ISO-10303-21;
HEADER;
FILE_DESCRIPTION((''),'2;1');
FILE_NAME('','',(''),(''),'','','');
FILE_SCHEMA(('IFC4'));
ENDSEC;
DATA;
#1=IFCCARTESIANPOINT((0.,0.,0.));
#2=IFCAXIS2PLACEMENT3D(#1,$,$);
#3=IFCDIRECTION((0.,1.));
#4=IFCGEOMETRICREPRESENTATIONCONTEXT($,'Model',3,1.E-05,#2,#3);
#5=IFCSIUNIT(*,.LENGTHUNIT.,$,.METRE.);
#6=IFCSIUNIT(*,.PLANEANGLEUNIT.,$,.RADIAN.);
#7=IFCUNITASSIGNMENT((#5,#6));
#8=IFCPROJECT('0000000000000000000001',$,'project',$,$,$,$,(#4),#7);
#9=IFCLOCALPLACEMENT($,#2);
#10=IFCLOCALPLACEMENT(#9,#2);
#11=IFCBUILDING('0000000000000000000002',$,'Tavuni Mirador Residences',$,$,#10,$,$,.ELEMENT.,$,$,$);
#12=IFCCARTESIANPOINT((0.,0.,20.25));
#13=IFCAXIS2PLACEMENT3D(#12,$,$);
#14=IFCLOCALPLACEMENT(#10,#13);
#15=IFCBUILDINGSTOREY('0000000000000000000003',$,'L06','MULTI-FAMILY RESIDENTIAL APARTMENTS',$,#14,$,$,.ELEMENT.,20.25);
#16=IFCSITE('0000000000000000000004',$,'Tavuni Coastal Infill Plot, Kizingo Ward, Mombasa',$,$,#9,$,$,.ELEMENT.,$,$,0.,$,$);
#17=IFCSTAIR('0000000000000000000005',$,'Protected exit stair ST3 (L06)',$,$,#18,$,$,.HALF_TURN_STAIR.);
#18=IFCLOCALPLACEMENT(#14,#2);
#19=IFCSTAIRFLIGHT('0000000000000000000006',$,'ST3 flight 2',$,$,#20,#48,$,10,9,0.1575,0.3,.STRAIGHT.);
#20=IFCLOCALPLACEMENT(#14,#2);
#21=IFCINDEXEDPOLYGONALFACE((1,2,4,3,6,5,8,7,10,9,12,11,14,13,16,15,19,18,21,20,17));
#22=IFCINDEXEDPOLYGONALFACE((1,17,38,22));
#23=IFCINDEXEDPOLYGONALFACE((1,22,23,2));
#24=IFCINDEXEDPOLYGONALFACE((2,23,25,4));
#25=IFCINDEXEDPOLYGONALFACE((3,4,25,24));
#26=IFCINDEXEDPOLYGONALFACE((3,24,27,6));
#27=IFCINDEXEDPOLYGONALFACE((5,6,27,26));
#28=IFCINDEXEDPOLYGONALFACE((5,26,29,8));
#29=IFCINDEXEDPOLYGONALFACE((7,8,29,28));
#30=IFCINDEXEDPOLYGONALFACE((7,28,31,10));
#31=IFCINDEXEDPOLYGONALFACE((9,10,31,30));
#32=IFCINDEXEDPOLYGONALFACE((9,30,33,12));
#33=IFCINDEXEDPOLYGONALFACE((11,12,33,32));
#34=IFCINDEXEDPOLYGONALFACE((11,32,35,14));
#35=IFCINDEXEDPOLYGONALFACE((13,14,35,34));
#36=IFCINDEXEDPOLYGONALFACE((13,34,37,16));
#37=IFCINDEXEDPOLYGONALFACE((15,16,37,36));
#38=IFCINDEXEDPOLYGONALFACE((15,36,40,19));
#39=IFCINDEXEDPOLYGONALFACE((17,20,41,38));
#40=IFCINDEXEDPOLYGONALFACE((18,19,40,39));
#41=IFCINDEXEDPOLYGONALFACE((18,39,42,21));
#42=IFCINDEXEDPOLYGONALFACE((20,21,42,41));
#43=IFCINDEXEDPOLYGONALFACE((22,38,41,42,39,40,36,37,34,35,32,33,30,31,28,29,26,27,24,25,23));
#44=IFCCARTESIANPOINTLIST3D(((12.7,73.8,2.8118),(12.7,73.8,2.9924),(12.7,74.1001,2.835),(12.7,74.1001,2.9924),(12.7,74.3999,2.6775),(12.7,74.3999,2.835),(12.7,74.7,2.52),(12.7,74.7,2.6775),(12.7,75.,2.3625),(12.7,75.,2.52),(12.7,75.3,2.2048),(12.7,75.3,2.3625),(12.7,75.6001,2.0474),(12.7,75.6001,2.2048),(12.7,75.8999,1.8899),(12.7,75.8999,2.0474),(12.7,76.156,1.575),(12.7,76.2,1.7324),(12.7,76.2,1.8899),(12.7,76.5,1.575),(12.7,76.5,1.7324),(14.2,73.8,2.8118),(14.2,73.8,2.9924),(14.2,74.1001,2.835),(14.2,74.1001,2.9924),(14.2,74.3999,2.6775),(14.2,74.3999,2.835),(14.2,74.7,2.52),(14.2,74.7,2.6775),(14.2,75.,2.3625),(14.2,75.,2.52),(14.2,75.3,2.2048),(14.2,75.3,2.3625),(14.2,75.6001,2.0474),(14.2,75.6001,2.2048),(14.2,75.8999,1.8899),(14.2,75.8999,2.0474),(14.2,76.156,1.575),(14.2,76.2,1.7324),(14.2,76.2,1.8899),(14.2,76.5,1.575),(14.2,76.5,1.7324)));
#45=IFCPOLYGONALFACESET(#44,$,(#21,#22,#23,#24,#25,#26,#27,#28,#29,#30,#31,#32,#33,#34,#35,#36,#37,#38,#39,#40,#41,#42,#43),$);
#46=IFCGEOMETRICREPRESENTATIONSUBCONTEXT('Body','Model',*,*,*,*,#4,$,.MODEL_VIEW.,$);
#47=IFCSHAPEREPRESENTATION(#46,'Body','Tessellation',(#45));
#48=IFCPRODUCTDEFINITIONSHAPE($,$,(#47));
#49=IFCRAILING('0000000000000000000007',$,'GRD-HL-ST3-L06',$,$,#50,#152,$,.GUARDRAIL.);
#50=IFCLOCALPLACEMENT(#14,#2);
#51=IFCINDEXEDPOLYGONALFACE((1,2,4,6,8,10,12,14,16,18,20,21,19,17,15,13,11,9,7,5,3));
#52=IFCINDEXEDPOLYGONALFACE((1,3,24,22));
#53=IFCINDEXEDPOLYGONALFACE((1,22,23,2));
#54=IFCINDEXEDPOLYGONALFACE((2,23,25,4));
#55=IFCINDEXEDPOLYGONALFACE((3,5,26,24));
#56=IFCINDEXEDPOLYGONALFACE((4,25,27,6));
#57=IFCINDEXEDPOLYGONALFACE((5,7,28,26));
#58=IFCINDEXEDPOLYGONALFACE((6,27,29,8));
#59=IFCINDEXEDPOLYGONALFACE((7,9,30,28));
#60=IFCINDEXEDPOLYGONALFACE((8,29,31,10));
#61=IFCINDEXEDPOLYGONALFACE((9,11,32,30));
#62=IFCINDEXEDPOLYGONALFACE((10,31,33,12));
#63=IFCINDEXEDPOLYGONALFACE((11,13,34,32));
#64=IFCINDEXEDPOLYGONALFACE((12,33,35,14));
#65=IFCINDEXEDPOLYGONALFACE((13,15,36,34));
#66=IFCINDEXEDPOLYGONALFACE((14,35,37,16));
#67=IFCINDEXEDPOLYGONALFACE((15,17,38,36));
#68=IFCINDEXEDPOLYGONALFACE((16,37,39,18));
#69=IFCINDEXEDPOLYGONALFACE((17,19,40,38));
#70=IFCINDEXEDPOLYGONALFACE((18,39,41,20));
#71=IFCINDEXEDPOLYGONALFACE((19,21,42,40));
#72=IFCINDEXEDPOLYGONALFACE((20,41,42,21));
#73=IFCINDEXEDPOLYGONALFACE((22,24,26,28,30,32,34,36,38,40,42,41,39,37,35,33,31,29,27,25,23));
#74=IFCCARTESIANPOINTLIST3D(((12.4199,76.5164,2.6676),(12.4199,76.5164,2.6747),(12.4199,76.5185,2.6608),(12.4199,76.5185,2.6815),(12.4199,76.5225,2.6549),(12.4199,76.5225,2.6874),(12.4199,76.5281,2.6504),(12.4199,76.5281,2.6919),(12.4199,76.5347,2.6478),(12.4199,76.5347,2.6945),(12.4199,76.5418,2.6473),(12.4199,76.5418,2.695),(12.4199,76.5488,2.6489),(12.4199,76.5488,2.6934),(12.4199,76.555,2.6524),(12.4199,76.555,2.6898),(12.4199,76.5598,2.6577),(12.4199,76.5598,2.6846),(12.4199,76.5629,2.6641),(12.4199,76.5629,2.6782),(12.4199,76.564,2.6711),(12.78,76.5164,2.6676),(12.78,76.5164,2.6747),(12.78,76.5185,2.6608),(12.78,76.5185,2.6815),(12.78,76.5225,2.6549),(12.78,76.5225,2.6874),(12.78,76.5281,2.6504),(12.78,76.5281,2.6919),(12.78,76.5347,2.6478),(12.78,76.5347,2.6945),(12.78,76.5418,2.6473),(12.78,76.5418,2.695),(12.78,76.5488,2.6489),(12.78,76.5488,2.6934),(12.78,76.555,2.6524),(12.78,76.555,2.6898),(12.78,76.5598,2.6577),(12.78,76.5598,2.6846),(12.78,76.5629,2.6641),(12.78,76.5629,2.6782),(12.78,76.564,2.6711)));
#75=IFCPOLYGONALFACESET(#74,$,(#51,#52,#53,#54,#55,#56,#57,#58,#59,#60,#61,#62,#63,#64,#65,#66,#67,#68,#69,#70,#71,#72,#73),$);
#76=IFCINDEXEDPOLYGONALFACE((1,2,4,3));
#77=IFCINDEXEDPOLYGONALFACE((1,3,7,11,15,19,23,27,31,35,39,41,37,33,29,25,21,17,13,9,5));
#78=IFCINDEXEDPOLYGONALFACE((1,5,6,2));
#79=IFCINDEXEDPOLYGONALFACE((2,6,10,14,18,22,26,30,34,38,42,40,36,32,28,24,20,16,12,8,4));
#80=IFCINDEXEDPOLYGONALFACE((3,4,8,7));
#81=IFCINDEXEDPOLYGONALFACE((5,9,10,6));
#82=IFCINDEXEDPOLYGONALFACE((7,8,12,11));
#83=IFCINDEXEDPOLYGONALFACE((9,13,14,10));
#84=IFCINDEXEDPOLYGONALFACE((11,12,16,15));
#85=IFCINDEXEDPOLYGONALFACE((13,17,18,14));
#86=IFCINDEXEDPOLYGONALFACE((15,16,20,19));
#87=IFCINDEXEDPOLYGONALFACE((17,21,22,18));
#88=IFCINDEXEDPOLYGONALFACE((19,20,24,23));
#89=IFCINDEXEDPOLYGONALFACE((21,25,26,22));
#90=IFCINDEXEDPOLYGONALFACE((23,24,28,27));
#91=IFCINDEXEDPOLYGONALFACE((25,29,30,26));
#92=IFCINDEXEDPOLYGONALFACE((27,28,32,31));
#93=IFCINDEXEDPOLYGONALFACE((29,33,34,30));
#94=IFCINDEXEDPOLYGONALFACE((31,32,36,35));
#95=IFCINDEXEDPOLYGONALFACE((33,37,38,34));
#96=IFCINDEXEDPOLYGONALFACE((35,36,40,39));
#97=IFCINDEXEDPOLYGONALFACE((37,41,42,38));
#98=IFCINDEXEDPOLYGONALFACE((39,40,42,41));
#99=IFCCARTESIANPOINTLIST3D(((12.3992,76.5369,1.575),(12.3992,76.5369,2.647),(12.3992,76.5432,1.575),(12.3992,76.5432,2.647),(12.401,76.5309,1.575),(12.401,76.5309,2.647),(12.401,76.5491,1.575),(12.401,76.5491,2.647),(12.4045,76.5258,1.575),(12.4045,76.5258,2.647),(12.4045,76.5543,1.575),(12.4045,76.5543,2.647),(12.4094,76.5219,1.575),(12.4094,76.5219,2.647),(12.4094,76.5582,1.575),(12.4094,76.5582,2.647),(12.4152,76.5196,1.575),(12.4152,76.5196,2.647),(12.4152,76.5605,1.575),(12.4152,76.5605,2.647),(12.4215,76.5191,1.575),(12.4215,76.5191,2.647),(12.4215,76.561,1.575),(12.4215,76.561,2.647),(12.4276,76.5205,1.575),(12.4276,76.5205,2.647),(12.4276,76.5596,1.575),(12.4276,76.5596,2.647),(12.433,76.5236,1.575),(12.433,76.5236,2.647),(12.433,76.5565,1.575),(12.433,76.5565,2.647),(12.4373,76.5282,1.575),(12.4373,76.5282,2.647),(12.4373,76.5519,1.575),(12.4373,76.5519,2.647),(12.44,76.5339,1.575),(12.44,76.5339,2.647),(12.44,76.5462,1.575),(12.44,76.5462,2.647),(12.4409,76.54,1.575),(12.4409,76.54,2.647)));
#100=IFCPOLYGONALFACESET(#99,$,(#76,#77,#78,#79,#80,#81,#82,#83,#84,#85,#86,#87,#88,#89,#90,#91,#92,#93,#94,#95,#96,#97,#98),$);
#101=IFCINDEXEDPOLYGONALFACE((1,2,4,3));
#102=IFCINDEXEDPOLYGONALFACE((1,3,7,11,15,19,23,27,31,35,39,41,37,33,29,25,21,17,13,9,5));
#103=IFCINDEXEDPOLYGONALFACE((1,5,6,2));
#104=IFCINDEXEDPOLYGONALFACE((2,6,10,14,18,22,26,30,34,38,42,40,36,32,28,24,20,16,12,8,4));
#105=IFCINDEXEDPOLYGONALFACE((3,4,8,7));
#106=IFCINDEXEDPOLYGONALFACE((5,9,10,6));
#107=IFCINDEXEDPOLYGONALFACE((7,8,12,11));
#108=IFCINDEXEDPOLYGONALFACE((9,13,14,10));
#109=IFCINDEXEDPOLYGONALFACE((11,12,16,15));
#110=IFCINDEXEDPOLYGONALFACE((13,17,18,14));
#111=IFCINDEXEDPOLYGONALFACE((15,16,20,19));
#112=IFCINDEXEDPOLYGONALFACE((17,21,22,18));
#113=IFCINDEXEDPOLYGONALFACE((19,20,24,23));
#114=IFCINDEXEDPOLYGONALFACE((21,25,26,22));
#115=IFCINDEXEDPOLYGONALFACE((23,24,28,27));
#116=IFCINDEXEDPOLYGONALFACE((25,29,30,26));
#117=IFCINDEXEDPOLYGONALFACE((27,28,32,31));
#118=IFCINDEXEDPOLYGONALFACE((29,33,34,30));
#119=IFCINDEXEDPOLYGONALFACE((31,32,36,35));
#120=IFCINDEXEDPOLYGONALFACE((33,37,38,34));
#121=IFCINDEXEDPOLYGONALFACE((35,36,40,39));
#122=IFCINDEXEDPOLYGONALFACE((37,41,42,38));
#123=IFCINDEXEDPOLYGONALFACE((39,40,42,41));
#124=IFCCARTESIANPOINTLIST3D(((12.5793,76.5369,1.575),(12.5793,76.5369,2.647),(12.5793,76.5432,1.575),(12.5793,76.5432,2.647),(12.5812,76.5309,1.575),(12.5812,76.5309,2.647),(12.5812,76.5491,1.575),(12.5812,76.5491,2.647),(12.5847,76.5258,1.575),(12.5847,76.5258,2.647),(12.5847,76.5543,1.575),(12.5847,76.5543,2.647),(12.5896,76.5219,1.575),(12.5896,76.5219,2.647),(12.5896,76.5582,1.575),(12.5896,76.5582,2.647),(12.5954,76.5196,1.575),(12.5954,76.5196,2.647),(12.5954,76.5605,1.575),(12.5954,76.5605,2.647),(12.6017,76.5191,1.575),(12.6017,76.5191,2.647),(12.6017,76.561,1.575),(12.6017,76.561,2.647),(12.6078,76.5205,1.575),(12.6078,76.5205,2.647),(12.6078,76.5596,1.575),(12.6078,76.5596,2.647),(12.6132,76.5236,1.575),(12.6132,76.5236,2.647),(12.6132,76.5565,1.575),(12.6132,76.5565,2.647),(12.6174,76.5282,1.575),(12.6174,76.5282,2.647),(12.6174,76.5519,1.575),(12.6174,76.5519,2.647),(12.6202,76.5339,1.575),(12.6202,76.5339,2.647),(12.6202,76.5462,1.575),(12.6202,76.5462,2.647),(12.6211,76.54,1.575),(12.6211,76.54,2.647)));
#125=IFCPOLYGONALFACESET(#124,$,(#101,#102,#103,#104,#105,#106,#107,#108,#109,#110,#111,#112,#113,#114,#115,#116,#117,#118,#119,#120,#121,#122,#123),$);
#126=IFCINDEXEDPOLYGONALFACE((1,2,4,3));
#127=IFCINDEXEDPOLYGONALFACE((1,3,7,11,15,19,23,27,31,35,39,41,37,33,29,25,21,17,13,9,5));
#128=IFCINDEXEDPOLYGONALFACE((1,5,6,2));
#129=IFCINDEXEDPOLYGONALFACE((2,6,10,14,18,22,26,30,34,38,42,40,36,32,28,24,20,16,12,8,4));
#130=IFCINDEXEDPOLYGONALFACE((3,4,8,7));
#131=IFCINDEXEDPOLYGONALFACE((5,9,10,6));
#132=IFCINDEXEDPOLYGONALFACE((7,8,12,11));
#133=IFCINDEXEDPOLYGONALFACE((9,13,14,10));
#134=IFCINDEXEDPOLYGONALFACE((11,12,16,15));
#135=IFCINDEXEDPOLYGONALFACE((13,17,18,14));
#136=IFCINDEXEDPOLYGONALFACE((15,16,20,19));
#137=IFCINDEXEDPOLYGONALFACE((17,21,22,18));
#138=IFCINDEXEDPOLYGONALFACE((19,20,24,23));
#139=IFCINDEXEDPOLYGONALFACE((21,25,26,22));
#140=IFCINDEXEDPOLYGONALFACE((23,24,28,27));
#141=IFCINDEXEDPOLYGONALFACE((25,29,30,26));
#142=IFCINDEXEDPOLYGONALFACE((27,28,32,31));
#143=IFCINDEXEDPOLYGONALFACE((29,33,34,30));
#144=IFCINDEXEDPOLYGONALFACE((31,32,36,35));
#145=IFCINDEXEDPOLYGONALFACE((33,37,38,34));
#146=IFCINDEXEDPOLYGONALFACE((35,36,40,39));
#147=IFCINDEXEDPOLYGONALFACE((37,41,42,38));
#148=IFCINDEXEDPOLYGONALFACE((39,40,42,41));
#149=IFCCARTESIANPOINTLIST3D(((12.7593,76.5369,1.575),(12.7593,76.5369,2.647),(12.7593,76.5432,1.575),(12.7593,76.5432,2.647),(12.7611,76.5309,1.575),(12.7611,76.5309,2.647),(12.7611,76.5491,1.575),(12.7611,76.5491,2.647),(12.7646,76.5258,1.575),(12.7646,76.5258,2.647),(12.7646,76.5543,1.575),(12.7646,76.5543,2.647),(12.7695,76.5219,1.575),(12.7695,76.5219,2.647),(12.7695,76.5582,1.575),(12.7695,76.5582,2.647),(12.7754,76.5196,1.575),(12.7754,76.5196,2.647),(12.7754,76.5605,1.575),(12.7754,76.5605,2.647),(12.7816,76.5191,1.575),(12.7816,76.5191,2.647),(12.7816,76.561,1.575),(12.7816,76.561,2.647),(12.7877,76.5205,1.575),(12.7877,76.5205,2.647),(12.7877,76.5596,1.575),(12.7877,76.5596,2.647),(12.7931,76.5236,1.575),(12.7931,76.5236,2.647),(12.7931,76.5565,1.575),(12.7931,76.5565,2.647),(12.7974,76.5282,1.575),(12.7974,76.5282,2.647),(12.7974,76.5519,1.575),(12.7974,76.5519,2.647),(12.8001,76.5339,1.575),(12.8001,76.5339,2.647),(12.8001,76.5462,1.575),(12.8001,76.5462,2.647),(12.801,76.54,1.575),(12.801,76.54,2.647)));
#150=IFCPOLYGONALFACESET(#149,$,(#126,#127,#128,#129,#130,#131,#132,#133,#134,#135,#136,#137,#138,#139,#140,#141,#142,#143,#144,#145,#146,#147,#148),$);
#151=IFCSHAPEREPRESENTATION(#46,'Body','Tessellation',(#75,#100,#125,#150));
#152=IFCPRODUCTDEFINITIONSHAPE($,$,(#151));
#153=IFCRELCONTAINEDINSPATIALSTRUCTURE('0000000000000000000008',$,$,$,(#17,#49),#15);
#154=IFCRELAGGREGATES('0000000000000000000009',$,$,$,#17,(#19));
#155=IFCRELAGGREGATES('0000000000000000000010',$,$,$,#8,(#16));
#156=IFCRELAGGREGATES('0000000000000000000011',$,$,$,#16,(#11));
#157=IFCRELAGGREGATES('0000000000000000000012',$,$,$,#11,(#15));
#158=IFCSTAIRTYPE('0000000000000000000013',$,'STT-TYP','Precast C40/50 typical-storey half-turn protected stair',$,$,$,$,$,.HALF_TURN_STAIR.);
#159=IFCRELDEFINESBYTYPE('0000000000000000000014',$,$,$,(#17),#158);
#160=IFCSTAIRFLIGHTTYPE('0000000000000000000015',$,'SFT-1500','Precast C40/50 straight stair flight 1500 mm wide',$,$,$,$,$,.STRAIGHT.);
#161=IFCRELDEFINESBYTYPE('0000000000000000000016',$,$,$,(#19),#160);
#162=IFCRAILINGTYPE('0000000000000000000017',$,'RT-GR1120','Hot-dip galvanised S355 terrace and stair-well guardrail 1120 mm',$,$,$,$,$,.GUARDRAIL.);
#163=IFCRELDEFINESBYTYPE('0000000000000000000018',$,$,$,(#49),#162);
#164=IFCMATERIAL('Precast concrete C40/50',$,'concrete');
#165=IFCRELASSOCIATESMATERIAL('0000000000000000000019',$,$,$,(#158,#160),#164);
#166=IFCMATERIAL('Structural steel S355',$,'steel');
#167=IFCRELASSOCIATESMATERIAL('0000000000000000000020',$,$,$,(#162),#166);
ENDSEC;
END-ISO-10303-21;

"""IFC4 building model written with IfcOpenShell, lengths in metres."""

from ifc_helpers import new_model, si_unit, direction, frame, origin, origin_2d, place, context, subcontext, project, spatial, polyline, circle, outline, extrude, material, type_object, element, aggregate, save


model = new_model("IFC4")

# Units and contexts
model_context = context("Model", 3, precision=1e-05, world=origin(), true_north=direction((0.0, 1.0)))
body_context = subcontext(model_context, "Body", "Model", "MODEL_VIEW")
ifc_project = project(units=[si_unit("LENGTHUNIT", "METRE"), si_unit("PLANEANGLEUNIT", "RADIAN")], contexts=[model_context])

# Site, building, storey
site_placement = place(None, origin())
site = spatial("IfcSite", under=ifc_project, at=site_placement, Name="Tavuni Coastal Infill Plot, Kizingo Ward, Mombasa", CompositionType="ELEMENT", RefElevation=0.0)
building_placement = place(site_placement, origin())
building = spatial("IfcBuilding", under=site, at=building_placement, Name="Tavuni Mirador Residences", CompositionType="ELEMENT")
storey_placement = place(building_placement, frame((0.0, 0.0, 20.25)))
storey = spatial("IfcBuildingStorey", under=building, at=storey_placement, Name="L06", Description="MULTI-FAMILY RESIDENTIAL APARTMENTS", CompositionType="ELEMENT", Elevation=20.25)

# Shared definitions
ifc_material_1 = material(Name="Precast concrete C40/50", Category="concrete")

# Shared definitions
ifc_material_2 = material(Name="Structural steel S355", Category="steel")

# Stair, stair flight
stair_type = type_object("IfcStairType", Name="STT-TYP", Description="Precast C40/50 typical-storey half-turn protected stair", PredefinedType="HALF_TURN_STAIR", material=ifc_material_1)
stair_placement = place(storey_placement, origin())
stair = element("IfcStair", 1, at=stair_placement, inside=storey, type_object=stair_type, Name="Protected exit stair ST3 (L06)", PredefinedType="HALF_TURN_STAIR")
stair_flight_type = type_object("IfcStairFlightType", Name="SFT-1500", Description="Precast C40/50 straight stair flight 1500 mm wide", PredefinedType="STRAIGHT", material=ifc_material_1)
stair_flight_1_placement = place(storey_placement, frame((13.45, 76.5, 1.575), z_axis=(0.0, 0.0, 1.0), x_axis=(0.0, -1.0, 0.0)))
stair_flight_1 = element("IfcStairFlight", 2, at=stair_flight_1_placement, type_object=stair_flight_type, Name="ST3 flight 2", NumberOfRisers=10, NumberOfTreads=9, PredefinedType="STRAIGHT", RiserHeight=0.1575, TreadLength=0.3, context=body_context, shape_type="SweptSolid", body=[
    extrude(outline(polyline([(0.0, 0.0), (0.0, 0.1575), (0.3, 0.1575), (0.3, 0.3149), (0.6001, 0.3149), (0.6001, 0.4724), (0.8999, 0.4724), (0.8999, 0.6299), (1.2, 0.6299), (1.2, 0.7876), (1.5, 0.7876), (1.5, 0.9451), (1.8, 0.9451), (1.8, 1.1025), (2.1001, 1.1025), (2.1001, 1.26), (2.3999, 1.26), (2.3999, 1.4175), (2.7, 1.4175), (2.7, 1.575), (2.7, 1.2368), (0.344, 0.0), (0.0, 0.0)])), frame((0.0, 0.75, 0.0), z_axis=(0.0, -1.0, 0.0), x_axis=(1.0, 0.0, 0.0)), (0.0, 0.0, 1.0), 1.5),
])
aggregate(stair, [stair_flight_1])

# Railing
railing_type_1 = type_object("IfcRailingType", Name="RT-GR1120", Description="Hot-dip galvanised S355 terrace and stair-well guardrail 1120 mm", PredefinedType="GUARDRAIL", material=ifc_material_2)
railing_1_placement = place(storey_placement, frame((12.4199, 76.54, 1.575)))
element("IfcRailing", 3, at=railing_1_placement, inside=storey, type_object=railing_type_1, Name="GRD-HL-ST3-L06", PredefinedType="GUARDRAIL", context=body_context, shape_type="SweptSolid", body=[
    extrude(circle(Radius=0.0239, at=origin_2d()), frame((0.0, 0.0, 1.0962), z_axis=(1.0, 0.0, 0.0), x_axis=(0.0, 1.0, 0.0)), (0.0, 0.0, 1.0), 0.3601),
    extrude(circle(Radius=0.021, at=origin_2d()), origin(), (0.0, 0.0, 1.0), 1.072),
    extrude(circle(Radius=0.021, at=origin_2d()), frame((0.1802, 0.0, 0.0)), (0.0, 0.0, 1.0), 1.072),
    extrude(circle(Radius=0.021, at=origin_2d()), frame((0.3601, 0.0, 0.0)), (0.0, 0.0, 1.0), 1.072),
])

save(model, "model.ifc")
